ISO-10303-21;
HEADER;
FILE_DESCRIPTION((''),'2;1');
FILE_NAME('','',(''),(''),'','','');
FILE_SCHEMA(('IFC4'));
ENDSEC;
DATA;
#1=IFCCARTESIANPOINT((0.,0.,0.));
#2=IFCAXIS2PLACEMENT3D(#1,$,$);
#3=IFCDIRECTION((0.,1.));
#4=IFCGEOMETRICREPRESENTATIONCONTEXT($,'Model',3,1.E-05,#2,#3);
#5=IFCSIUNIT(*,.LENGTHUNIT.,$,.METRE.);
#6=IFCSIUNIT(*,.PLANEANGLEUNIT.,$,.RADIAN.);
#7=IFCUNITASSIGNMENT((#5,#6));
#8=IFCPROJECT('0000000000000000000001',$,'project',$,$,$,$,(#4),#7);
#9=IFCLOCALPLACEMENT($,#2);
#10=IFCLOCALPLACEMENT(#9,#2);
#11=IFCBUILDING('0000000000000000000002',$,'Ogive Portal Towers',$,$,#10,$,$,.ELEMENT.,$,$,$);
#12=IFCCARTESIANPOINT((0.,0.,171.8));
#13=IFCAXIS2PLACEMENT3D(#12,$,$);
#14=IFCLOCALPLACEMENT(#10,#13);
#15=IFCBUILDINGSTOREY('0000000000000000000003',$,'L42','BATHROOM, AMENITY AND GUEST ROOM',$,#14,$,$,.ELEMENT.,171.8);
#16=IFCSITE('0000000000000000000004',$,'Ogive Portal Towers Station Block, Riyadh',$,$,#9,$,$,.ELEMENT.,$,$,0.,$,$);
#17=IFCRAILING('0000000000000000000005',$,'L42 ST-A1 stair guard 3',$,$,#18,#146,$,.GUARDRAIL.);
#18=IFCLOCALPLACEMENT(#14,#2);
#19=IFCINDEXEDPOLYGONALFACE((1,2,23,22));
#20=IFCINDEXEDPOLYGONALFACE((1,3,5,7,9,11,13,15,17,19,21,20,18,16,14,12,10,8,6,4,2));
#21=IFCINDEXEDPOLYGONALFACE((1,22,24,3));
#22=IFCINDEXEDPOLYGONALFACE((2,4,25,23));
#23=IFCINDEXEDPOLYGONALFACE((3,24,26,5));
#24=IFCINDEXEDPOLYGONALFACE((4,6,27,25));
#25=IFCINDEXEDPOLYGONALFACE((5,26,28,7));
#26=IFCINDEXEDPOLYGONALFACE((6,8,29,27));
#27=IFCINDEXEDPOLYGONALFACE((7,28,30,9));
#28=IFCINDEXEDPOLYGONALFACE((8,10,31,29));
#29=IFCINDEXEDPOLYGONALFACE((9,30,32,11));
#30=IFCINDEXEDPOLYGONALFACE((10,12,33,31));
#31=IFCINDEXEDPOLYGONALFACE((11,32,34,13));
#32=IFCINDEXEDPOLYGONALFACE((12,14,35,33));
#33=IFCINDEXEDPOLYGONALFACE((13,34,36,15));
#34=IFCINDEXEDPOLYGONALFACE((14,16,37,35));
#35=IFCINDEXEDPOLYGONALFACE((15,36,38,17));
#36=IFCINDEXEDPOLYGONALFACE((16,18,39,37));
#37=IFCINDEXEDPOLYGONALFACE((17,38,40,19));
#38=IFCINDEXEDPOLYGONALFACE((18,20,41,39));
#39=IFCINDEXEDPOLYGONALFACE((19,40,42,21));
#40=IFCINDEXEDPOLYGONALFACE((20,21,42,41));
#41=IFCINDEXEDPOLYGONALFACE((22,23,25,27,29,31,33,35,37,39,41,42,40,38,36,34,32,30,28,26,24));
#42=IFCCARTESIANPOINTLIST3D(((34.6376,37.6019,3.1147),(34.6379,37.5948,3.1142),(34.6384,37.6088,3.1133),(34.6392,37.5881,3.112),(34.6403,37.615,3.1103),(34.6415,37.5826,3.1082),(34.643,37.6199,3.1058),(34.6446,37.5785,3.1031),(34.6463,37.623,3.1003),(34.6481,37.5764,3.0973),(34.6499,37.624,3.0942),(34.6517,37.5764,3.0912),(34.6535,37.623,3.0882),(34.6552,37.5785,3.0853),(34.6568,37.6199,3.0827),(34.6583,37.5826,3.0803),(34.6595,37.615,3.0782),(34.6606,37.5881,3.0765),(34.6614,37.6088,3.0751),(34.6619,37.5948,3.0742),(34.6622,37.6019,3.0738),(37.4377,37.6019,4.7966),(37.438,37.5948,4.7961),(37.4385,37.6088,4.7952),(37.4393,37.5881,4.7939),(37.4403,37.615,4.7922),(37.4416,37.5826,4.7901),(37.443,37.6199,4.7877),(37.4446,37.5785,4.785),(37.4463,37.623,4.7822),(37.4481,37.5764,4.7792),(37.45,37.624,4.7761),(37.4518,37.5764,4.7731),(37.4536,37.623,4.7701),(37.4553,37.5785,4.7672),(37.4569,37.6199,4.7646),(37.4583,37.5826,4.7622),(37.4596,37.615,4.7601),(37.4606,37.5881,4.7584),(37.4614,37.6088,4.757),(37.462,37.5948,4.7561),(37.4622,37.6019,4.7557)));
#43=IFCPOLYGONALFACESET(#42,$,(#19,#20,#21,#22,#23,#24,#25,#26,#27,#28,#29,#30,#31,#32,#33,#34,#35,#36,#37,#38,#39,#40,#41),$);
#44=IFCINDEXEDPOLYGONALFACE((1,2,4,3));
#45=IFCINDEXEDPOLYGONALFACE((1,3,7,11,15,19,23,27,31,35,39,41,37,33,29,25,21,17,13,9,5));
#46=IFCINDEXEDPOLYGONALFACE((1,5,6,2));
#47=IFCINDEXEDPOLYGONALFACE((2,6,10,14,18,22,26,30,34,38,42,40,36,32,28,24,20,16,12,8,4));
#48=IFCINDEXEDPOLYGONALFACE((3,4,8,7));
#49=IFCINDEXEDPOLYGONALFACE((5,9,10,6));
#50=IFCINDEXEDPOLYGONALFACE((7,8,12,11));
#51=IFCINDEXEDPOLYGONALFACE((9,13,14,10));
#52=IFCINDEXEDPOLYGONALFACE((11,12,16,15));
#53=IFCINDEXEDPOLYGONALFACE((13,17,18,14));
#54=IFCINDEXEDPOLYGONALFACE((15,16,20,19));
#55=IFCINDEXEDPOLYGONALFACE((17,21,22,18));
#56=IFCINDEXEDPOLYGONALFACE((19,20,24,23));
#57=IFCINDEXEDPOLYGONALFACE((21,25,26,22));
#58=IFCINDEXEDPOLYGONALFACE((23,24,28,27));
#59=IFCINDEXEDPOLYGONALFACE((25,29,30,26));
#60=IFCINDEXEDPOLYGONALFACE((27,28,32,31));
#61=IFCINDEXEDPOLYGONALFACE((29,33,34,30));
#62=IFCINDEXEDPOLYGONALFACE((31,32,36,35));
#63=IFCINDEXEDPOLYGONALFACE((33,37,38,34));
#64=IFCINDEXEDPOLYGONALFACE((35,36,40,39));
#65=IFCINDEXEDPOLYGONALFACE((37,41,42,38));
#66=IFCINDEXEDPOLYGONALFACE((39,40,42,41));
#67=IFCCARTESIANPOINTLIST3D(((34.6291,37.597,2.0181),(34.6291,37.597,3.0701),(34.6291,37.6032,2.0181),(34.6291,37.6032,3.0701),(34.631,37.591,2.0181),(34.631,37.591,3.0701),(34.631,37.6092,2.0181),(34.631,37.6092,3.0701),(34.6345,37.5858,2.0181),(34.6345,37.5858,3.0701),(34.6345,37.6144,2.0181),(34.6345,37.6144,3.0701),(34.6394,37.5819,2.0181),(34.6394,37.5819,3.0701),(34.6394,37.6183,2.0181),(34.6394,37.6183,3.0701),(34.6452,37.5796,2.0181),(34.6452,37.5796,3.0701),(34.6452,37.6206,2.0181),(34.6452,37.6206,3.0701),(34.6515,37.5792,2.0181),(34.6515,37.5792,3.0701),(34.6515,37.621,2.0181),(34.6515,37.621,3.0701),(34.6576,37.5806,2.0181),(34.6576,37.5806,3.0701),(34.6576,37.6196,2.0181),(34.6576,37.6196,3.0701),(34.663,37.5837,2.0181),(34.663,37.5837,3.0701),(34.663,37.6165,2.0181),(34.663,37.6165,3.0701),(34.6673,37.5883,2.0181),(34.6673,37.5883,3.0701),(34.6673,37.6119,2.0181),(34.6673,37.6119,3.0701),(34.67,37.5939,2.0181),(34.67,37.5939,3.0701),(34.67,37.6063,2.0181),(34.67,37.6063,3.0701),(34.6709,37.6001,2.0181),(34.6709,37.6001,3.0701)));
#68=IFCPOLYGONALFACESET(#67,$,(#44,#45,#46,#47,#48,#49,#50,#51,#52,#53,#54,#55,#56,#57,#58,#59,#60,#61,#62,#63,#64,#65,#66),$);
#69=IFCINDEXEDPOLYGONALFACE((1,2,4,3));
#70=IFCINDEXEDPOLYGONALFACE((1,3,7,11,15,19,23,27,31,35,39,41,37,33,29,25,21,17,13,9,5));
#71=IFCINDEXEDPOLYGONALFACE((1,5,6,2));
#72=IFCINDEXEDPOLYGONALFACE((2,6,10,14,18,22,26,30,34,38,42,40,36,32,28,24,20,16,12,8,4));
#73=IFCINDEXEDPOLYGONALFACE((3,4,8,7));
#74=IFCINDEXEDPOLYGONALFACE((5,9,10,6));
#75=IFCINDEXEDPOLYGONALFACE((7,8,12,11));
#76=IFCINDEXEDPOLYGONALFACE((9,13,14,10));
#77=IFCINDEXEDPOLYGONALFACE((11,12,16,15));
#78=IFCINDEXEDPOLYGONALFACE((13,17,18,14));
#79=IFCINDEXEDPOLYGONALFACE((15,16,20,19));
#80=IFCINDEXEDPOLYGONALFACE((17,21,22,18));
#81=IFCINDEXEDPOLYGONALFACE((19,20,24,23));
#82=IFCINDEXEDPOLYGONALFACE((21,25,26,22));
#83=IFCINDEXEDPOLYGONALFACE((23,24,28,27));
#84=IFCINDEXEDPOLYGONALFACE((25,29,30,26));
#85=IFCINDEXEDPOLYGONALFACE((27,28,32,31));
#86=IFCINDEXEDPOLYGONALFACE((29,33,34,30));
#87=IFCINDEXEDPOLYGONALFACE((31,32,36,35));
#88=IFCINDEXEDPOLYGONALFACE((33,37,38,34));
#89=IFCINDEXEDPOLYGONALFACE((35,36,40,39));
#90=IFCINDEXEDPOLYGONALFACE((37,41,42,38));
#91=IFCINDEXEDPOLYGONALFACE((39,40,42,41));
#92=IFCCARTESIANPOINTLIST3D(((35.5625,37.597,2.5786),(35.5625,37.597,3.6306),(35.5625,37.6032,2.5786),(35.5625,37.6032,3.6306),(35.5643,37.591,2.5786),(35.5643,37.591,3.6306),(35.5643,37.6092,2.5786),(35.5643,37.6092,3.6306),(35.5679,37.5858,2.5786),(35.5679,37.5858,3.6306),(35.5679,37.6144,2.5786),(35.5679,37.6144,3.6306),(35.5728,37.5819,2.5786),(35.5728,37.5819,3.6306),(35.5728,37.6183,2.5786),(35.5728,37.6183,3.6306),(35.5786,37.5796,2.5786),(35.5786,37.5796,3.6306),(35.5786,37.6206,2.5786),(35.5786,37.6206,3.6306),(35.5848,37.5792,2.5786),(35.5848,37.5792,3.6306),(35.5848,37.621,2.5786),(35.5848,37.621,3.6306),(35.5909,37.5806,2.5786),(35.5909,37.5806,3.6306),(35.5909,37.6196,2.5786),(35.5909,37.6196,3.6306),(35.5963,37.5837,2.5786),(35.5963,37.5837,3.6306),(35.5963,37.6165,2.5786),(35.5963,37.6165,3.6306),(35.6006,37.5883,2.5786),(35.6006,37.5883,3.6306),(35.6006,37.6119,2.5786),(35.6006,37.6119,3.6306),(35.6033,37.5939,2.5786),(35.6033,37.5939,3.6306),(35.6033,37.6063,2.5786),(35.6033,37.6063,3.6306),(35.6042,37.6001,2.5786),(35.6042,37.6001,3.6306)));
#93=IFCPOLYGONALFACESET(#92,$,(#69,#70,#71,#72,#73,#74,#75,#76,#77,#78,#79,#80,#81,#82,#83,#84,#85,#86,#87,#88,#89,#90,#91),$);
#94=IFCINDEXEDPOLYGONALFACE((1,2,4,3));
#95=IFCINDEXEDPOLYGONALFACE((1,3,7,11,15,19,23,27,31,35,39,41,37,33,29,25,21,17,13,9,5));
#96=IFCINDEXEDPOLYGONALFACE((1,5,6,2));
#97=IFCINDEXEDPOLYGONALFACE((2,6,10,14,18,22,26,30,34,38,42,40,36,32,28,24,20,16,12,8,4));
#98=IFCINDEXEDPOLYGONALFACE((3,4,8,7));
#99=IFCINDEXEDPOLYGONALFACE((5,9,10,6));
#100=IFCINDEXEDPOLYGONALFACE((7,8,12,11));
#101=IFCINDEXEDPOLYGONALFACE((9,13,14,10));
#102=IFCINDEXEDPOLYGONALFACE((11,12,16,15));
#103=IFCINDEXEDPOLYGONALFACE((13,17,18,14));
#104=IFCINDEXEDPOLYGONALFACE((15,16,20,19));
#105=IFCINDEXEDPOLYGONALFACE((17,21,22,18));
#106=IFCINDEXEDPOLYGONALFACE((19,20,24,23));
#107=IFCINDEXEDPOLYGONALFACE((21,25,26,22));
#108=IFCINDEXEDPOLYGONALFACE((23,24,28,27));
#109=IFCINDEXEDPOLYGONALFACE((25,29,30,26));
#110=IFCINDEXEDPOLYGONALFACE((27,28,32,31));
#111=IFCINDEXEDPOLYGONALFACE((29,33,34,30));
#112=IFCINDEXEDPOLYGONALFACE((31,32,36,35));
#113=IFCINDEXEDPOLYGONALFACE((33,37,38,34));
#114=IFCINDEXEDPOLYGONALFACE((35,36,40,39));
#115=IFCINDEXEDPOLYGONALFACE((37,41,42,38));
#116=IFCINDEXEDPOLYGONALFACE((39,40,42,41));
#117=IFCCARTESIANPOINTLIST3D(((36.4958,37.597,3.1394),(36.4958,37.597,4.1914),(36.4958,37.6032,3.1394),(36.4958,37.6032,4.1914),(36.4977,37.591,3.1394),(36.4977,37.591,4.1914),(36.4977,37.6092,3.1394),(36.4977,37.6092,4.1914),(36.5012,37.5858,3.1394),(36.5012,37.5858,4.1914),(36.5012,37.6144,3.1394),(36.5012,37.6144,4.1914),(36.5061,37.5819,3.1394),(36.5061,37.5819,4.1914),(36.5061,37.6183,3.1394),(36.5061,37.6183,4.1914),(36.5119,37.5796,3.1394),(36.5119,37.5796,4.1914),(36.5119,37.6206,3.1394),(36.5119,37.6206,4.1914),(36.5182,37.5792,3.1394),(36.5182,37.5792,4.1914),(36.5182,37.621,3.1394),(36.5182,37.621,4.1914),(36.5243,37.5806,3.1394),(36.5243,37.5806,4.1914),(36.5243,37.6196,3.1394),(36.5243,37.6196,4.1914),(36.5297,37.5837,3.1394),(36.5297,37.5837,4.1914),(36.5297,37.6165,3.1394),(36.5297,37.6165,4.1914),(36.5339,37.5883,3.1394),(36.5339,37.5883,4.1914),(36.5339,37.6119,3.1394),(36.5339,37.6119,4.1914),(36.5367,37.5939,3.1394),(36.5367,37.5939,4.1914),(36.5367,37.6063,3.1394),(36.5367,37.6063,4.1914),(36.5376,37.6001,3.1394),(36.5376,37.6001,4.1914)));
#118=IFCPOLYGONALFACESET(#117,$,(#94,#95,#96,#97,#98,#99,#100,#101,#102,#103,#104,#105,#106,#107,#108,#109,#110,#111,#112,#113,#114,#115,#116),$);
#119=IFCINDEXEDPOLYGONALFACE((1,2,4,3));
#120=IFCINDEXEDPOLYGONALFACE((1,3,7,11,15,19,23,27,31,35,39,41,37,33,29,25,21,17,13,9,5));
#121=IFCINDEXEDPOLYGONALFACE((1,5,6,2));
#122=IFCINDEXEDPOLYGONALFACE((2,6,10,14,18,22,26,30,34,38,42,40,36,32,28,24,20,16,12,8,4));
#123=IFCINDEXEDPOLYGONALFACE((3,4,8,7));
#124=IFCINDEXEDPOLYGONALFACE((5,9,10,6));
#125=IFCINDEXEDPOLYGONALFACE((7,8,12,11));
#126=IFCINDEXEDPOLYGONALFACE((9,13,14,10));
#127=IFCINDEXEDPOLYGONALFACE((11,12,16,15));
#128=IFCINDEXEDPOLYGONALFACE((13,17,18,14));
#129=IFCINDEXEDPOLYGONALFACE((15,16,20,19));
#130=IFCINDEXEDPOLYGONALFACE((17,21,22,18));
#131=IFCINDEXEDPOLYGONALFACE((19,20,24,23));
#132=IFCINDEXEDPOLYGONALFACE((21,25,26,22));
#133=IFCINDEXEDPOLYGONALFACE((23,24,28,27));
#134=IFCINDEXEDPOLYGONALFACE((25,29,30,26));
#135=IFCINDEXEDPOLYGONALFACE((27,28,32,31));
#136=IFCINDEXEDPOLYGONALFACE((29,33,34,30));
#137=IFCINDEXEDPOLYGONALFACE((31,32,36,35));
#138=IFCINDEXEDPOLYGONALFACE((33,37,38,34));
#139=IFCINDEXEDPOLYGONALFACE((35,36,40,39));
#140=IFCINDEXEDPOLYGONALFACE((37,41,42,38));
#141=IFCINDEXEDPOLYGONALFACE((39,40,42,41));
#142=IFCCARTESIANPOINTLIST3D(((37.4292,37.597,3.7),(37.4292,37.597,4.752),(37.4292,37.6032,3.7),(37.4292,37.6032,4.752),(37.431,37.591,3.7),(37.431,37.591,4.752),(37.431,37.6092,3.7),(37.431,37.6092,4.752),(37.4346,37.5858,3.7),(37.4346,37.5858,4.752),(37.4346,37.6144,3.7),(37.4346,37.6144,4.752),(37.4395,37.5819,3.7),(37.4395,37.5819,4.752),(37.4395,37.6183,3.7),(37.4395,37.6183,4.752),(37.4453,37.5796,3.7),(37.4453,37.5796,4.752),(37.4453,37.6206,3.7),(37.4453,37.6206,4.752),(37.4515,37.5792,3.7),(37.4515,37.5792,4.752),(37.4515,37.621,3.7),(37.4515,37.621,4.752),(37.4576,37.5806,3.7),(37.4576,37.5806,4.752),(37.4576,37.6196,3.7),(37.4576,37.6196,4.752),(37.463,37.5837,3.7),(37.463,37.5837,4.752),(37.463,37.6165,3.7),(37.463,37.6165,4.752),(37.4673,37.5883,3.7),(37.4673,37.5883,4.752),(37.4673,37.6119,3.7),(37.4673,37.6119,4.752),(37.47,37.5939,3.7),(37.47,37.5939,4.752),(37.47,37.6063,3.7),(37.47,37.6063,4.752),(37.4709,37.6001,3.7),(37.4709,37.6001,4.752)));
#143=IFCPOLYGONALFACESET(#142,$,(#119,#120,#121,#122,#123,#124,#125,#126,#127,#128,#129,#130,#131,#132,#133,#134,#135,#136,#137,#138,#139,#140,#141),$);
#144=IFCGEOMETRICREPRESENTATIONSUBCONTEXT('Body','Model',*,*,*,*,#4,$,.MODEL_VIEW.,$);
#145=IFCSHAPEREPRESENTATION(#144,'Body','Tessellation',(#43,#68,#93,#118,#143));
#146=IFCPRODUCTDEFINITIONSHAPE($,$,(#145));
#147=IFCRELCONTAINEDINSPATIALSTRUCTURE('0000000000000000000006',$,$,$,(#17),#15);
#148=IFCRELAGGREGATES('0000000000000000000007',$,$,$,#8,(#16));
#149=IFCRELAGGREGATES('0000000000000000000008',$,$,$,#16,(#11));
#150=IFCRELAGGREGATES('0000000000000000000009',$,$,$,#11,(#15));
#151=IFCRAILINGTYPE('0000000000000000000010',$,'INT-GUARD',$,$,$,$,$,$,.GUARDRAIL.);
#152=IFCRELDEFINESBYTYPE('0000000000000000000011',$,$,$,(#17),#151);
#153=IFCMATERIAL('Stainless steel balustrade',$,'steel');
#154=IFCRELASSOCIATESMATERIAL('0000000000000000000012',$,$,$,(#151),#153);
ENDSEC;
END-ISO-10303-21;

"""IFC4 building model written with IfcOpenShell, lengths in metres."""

from ifc_helpers import new_model, si_unit, direction, frame, origin, origin_2d, place, context, subcontext, project, spatial, circle, extrude, material, type_object, element, save


model = new_model("IFC4")

# Units and contexts
model_context = context("Model", 3, precision=1e-05, world=origin(), true_north=direction((0.0, 1.0)))
body_context = subcontext(model_context, "Body", "Model", "MODEL_VIEW")
ifc_project = project(units=[si_unit("LENGTHUNIT", "METRE"), si_unit("PLANEANGLEUNIT", "RADIAN")], contexts=[model_context])

# Site, building, storey
site_placement = place(None, origin())
site = spatial("IfcSite", under=ifc_project, at=site_placement, Name="Ogive Portal Towers Station Block, Riyadh", CompositionType="ELEMENT", RefElevation=0.0)
building_placement = place(site_placement, origin())
building = spatial("IfcBuilding", under=site, at=building_placement, Name="Ogive Portal Towers", CompositionType="ELEMENT")
storey_placement = place(building_placement, frame((0.0, 0.0, 171.8)))
storey = spatial("IfcBuildingStorey", under=building, at=storey_placement, Name="L42", Description="BATHROOM, AMENITY AND GUEST ROOM", CompositionType="ELEMENT", Elevation=171.8)

# Railing
ifc_material_1 = material(Name="Stainless steel balustrade", Category="steel")
railing_type_1 = type_object("IfcRailingType", Name="INT-GUARD", PredefinedType="GUARDRAIL", material=ifc_material_1)
railing_1_placement = place(storey_placement, frame((34.6499, 37.6001, 2.0181)))
element("IfcRailing", 1, at=railing_1_placement, inside=storey, type_object=railing_type_1, Name="L42 ST-A1 stair guard 3", PredefinedType="GUARDRAIL", context=body_context, shape_type="SweptSolid", body=[
    extrude(circle(Radius=0.0239, at=origin_2d()), frame((0.0, 0.0, 1.0762), z_axis=(0.857242, 0.0, 0.514913), x_axis=(0.0, 1.0, 0.0)), (0.0, 0.0, 1.0), 3.2664),
    extrude(circle(Radius=0.021, at=origin_2d()), origin(), (0.0, 0.0, 1.0), 1.052),
    extrude(circle(Radius=0.021, at=origin_2d()), frame((0.9333, 0.0, 0.5605)), (0.0, 0.0, 1.0), 1.052),
    extrude(circle(Radius=0.021, at=origin_2d()), frame((1.8667, 0.0, 1.1213)), (0.0, 0.0, 1.0), 1.052),
    extrude(circle(Radius=0.021, at=origin_2d()), frame((2.8, 0.0, 1.6819)), (0.0, 0.0, 1.0), 1.052),
])

save(model, "model.ifc")
